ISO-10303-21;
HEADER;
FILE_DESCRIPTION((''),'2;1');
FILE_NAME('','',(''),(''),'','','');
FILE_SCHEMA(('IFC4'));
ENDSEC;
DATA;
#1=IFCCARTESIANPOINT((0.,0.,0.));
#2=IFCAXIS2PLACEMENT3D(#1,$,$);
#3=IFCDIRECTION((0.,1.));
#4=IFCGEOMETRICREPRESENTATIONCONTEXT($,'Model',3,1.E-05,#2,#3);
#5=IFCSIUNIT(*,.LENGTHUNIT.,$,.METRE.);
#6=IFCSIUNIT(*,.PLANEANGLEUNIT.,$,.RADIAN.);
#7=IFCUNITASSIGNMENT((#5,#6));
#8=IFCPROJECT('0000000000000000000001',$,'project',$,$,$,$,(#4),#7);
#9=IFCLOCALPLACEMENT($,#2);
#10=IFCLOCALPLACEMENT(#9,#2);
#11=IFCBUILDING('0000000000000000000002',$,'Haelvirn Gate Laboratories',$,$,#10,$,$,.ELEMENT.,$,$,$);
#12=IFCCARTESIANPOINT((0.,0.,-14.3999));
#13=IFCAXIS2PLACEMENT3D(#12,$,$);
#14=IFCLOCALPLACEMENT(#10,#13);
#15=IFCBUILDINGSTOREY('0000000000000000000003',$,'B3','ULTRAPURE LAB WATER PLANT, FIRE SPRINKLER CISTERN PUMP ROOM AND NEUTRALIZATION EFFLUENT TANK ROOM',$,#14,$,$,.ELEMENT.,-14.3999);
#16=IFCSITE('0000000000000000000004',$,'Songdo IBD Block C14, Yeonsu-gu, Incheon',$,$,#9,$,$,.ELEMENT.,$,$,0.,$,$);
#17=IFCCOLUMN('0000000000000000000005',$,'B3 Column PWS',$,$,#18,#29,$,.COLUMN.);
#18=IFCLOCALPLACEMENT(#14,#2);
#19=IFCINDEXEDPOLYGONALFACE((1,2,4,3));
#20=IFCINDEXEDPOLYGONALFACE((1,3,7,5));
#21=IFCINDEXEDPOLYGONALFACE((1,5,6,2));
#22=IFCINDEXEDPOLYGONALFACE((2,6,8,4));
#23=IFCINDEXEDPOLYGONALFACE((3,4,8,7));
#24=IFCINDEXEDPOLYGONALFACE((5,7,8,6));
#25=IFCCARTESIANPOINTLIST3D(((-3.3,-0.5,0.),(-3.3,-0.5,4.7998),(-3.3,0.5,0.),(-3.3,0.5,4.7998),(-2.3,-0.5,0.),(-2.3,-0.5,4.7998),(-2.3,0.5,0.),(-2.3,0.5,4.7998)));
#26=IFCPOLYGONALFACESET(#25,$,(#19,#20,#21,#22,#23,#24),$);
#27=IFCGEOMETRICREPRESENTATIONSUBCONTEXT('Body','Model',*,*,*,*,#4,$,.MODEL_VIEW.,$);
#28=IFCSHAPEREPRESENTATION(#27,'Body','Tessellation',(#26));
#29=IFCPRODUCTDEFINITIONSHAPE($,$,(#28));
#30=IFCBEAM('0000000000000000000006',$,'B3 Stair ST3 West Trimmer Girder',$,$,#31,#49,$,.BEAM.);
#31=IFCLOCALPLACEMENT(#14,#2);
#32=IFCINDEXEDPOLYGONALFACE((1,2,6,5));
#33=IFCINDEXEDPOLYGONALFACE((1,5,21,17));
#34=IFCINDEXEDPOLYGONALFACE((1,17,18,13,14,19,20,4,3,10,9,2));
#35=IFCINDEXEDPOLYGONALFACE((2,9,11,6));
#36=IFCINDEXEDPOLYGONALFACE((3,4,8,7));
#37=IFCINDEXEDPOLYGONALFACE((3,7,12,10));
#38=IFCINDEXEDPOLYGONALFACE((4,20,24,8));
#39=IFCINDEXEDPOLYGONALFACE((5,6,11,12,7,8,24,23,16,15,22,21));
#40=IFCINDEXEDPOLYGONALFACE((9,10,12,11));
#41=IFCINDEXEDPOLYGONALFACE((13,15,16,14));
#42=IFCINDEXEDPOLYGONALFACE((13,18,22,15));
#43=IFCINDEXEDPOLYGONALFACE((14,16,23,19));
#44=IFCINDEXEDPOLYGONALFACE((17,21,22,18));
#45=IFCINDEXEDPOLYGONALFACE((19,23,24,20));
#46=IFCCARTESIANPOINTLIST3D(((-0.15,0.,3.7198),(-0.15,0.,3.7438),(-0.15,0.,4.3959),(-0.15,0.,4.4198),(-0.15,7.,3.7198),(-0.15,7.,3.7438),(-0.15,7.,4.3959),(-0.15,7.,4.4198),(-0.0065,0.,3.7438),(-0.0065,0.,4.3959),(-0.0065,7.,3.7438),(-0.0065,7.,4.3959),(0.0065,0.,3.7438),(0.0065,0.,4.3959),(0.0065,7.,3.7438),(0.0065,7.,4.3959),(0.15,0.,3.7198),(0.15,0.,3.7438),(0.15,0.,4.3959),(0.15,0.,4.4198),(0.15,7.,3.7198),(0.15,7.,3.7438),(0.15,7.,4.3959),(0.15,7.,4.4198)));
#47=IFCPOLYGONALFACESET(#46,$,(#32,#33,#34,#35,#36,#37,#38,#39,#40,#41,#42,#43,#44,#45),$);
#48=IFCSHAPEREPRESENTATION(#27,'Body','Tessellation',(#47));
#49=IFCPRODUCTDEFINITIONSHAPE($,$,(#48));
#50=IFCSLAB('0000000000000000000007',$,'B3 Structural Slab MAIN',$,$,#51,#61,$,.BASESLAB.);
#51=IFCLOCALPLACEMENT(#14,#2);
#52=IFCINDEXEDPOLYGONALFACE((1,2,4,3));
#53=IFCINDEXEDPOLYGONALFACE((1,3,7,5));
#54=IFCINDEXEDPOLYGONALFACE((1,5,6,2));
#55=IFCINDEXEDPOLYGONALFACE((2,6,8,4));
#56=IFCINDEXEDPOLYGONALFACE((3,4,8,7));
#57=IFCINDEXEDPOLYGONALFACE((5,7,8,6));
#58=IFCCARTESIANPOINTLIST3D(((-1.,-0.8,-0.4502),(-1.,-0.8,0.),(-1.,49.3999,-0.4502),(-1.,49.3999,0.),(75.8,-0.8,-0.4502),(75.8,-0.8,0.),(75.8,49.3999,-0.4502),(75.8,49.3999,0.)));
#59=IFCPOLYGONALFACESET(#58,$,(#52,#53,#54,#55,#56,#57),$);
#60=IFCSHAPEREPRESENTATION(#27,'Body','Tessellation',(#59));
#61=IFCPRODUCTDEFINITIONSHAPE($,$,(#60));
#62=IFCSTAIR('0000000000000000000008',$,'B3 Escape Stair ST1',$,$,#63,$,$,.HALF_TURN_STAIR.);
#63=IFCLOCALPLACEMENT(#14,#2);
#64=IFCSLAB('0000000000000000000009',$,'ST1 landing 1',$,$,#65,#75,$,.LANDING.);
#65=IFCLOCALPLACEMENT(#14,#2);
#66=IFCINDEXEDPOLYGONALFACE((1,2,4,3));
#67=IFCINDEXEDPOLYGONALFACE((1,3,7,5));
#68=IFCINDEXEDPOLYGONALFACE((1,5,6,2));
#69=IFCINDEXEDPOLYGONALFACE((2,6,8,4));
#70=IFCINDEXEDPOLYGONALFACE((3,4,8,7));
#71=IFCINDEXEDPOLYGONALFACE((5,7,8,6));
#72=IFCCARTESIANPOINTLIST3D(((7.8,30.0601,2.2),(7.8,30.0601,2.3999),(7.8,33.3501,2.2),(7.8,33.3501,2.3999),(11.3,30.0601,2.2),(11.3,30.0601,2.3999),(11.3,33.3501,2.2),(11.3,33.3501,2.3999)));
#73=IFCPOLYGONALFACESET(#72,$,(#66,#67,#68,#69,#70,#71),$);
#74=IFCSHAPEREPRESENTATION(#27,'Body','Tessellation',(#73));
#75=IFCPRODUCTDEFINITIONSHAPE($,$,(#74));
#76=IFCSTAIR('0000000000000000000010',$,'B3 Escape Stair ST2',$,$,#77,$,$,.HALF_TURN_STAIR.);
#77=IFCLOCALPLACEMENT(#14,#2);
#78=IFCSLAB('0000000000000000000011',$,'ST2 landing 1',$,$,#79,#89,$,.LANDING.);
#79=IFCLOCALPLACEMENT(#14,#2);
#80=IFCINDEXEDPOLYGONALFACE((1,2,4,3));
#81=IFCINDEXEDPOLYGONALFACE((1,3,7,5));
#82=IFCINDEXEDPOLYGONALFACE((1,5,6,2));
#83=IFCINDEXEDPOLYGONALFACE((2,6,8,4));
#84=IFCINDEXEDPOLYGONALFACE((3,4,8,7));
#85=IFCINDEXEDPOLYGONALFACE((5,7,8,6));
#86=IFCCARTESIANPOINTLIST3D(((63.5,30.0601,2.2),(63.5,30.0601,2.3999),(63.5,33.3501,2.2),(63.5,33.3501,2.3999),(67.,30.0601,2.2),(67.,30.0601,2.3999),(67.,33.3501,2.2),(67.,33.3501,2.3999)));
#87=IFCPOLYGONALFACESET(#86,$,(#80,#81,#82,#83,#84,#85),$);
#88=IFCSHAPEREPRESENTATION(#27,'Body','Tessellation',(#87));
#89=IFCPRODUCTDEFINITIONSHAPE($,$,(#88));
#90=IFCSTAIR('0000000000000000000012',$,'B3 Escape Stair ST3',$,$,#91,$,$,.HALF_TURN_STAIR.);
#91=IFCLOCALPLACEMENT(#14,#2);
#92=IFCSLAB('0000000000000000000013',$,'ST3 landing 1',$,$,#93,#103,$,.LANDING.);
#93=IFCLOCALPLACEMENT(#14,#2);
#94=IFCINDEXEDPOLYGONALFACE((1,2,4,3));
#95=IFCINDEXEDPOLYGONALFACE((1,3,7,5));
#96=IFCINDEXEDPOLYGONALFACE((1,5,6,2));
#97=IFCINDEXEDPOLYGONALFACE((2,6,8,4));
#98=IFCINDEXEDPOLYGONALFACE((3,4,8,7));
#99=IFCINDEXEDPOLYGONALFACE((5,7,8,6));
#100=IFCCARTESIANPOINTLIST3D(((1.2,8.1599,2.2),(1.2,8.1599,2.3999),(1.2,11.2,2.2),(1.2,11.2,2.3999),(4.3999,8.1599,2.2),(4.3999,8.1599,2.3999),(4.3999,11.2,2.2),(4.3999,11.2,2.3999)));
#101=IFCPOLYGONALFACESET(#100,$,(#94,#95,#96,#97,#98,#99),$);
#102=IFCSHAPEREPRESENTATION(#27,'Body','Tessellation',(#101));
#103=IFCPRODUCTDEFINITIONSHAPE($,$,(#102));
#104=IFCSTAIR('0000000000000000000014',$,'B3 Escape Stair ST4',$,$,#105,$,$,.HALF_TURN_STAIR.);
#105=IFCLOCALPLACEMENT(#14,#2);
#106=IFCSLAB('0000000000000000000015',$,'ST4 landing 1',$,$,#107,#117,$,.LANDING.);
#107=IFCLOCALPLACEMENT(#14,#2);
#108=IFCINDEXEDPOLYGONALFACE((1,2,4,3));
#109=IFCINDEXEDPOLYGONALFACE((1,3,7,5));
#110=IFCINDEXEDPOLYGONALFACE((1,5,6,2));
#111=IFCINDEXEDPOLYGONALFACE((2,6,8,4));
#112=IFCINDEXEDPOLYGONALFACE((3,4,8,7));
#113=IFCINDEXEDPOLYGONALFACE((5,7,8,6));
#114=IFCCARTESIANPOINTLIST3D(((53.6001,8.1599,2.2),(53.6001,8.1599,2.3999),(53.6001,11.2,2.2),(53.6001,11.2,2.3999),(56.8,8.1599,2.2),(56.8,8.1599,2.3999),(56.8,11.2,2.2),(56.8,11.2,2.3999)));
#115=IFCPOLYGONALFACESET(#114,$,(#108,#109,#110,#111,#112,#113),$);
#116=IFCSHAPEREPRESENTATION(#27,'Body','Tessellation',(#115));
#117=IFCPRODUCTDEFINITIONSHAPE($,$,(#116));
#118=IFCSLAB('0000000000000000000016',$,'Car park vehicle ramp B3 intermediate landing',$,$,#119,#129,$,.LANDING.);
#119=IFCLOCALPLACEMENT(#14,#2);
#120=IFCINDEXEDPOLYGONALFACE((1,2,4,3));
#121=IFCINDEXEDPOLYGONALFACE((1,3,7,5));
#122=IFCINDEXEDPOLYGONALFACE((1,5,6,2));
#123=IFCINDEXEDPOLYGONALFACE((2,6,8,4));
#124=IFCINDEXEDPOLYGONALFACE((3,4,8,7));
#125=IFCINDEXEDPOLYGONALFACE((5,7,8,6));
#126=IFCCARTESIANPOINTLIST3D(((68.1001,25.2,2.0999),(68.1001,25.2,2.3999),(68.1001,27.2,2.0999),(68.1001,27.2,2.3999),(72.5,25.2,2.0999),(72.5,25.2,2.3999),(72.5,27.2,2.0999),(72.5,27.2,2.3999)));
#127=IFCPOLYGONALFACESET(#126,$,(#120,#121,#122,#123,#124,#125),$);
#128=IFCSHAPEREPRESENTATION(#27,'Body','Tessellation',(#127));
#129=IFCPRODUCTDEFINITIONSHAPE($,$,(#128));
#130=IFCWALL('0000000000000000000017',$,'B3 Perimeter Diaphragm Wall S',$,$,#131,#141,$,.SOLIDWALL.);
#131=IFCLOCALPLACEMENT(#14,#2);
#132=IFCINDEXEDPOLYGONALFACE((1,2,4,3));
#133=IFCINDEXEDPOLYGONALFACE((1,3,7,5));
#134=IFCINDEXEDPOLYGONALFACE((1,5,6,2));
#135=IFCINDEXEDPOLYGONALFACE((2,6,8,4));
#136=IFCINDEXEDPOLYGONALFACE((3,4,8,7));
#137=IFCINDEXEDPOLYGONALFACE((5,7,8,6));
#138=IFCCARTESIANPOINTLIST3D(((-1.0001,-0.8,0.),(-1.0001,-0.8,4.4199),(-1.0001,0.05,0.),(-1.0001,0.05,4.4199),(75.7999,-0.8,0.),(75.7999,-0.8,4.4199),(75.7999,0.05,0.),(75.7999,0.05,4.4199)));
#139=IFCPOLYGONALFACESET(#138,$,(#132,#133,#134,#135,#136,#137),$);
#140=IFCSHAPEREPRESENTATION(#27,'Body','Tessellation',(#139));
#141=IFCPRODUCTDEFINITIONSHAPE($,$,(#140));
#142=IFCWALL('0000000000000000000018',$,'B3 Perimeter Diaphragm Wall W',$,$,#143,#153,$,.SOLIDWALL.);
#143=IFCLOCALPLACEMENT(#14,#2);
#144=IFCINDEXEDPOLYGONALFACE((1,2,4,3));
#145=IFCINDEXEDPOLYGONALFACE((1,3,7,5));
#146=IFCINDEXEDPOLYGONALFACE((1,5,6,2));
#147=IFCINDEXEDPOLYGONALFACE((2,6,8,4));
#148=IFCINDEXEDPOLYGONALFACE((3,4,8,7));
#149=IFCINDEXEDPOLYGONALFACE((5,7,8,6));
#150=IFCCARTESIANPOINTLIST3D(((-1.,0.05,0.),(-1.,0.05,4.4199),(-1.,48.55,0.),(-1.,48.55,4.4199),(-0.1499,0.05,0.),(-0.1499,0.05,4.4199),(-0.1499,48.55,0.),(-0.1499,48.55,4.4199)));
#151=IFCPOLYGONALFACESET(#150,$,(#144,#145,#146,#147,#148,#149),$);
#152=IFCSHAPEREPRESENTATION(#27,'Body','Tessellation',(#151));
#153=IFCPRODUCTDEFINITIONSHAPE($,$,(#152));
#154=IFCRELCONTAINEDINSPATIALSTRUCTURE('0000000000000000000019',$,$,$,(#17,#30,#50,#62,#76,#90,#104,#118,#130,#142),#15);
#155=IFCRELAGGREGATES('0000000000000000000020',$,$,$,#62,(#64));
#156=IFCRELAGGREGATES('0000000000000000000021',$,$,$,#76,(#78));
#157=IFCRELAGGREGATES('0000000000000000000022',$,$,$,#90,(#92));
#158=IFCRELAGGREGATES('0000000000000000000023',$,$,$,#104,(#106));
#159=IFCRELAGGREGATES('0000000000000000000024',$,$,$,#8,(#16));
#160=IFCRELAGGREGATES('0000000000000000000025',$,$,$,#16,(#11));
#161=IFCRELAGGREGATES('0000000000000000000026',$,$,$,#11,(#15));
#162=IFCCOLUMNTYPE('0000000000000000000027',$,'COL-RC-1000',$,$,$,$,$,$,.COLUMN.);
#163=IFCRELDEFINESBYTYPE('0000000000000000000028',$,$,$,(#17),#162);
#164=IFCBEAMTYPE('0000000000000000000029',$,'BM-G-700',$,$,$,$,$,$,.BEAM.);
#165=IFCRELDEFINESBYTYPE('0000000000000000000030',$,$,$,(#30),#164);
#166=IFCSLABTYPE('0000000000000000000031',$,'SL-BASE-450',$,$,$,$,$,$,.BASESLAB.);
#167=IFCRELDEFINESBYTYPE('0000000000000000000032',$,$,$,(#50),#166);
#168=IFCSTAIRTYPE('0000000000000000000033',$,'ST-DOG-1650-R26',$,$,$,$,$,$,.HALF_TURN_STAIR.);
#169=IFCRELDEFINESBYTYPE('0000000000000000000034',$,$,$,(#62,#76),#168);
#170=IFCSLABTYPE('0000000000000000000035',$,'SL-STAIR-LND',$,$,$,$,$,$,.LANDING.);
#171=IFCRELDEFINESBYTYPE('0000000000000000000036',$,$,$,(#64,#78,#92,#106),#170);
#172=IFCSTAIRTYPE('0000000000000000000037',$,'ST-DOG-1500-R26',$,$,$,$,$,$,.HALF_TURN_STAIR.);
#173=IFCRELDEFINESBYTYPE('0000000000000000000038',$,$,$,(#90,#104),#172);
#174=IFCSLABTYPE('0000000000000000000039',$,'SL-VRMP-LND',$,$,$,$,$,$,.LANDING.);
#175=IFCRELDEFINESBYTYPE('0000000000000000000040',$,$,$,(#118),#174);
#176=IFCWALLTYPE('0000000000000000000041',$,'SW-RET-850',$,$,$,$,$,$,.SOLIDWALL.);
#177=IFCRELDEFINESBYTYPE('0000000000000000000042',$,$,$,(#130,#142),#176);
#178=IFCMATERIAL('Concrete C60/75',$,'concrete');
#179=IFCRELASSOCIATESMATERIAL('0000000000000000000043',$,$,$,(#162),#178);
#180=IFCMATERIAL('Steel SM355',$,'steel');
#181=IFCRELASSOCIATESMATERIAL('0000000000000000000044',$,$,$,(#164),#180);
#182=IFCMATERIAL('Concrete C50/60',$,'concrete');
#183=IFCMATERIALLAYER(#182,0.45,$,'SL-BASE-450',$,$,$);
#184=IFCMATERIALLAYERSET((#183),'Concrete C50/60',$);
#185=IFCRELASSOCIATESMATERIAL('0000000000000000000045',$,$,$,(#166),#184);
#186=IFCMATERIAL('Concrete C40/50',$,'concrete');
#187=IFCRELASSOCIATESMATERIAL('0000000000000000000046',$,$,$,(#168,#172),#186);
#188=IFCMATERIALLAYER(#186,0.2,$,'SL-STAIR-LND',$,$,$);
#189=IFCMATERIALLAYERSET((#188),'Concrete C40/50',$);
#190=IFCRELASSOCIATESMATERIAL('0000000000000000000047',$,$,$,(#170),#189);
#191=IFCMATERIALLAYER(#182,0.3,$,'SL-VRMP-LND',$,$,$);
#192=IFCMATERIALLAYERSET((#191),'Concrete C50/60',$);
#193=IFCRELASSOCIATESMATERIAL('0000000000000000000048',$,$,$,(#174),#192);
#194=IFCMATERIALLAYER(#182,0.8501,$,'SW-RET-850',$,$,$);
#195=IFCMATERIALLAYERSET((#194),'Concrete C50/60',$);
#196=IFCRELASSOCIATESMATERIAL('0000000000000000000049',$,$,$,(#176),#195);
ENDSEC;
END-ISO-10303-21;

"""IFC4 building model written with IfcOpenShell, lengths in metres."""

from ifc_helpers import new_model, si_unit, direction, frame, frame_2d, origin, origin_2d, place, context, subcontext, project, spatial, polyline, rectangle, i_section, outline, extrude, source, transform, mapped, material, layer, layer_set, material_profile, profile_set, type_object, type_shapes, element, aggregate, save


model = new_model("IFC4")

# Units and contexts
model_context = context("Model", 3, precision=1e-05, world=origin(), true_north=direction((0.0, 1.0)))
body_context = subcontext(model_context, "Body", "Model", "MODEL_VIEW")
ifc_project = project(units=[si_unit("LENGTHUNIT", "METRE"), si_unit("PLANEANGLEUNIT", "RADIAN")], contexts=[model_context])

# Site, building, storey
site_placement = place(None, origin())
site = spatial("IfcSite", under=ifc_project, at=site_placement, Name="Songdo IBD Block C14, Yeonsu-gu, Incheon", CompositionType="ELEMENT", RefElevation=0.0)
building_placement = place(site_placement, origin())
building = spatial("IfcBuilding", under=site, at=building_placement, Name="Haelvirn Gate Laboratories", CompositionType="ELEMENT")
storey_placement = place(building_placement, frame((0.0, 0.0, -14.3999)))
storey = spatial("IfcBuildingStorey", under=building, at=storey_placement, Name="B3", Description="ULTRAPURE LAB WATER PLANT, FIRE SPRINKLER CISTERN PUMP ROOM AND NEUTRALIZATION EFFLUENT TANK ROOM", CompositionType="ELEMENT", Elevation=-14.3999)

# Shared definitions
ifc_material_1 = material(Name="Concrete C40/50", Category="concrete")

# Column
ifc_material_2 = material(Name="Concrete C60/75", Category="concrete")
ifc_material_profile_1 = material_profile(ifc_material_2, rectangle(XDim=1.0, YDim=1.0, at=origin_2d()), Name="RC-1000x1000")
ifc_profile_set_1 = profile_set([ifc_material_profile_1], Name="Concrete C60/75")
column_type_1 = type_object("IfcColumnType", Name="COL-RC-1000", PredefinedType="COLUMN", material=ifc_profile_set_1)
shared_shape_1 = source(origin(), body_context, "Body", "SweptSolid", [
    extrude(rectangle(XDim=1.0, YDim=1.0, at=origin_2d()), origin(), (0.0, 0.0, 1.0), 4.7998),
])
type_shapes(column_type_1, [shared_shape_1])
column_1_placement = place(storey_placement, frame((-2.8, 0.0, 0.0), z_axis=(0.0, 0.0, 1.0), x_axis=(1.0, 0.0, 0.0)))
element("IfcColumn", 1, at=column_1_placement, inside=storey, type_object=column_type_1, Name="B3 Column PWS", PredefinedType="COLUMN", context=body_context, shape_type="MappedRepresentation", body=[
    mapped(shared_shape_1, transform((0.0, 0.0, 0.0), scale=1.0)),
])

# Beam
ifc_material_3 = material(Name="Steel SM355", Category="steel")
ifc_material_profile_2 = material_profile(ifc_material_3, i_section(OverallWidth=0.3, OverallDepth=0.7, WebThickness=0.0129, FlangeThickness=0.0239, at=origin_2d()), Name="H-700x300x13x24")
ifc_profile_set_2 = profile_set([ifc_material_profile_2], Name="Steel SM355")
beam_type = type_object("IfcBeamType", Name="BM-G-700", PredefinedType="BEAM", material=ifc_profile_set_2)
shared_shape_2 = source(origin(), body_context, "Body", "SweptSolid", [
    extrude(i_section(OverallWidth=0.3, OverallDepth=0.7, WebThickness=0.0129, FlangeThickness=0.0239, at=origin_2d()), origin(), (0.0, 0.0, 1.0), 7.0),
])
type_shapes(beam_type, [shared_shape_2])
beam_placement = place(storey_placement, frame((0.0, 0.0, 4.0698), z_axis=(0.0, 1.0, 0.0), x_axis=(-1.0, 0.0, 0.0)))
element("IfcBeam", 2, at=beam_placement, inside=storey, type_object=beam_type, Name="B3 Stair ST3 West Trimmer Girder", PredefinedType="BEAM", context=body_context, shape_type="MappedRepresentation", body=[
    mapped(shared_shape_2, transform((0.0, 0.0, 0.0), scale=1.0)),
])

# Slab
ifc_material_4 = material(Name="Concrete C50/60", Category="concrete")
ifc_layer_1 = layer(ifc_material_4, 0.45, Name="SL-BASE-450")
ifc_layer_set_1 = layer_set([ifc_layer_1], Name="Concrete C50/60")
slab_type_1 = type_object("IfcSlabType", Name="SL-BASE-450", PredefinedType="BASESLAB", material=ifc_layer_set_1)
slab_1_placement = place(storey_placement, frame((0.0, 0.0, -0.4502)))
element("IfcSlab", 3, at=slab_1_placement, inside=storey, type_object=slab_type_1, Name="B3 Structural Slab MAIN", PredefinedType="BASESLAB", context=body_context, shape_type="SweptSolid", body=[
    extrude(outline(polyline([(-1.0, -0.8), (75.8, -0.8), (75.8, -0.8), (75.8, -0.8), (75.8, 49.3999), (75.8, 49.3999), (75.8, 49.3999), (-1.0, 49.3999), (-1.0, 49.3999), (-1.0, 49.3999), (-1.0, -0.8), (-1.0, -0.8), (-1.0, -0.8)])), origin(), (0.0, 0.0, 1.0), 0.4502),
])

# Stairs, slabs
stair_type_1 = type_object("IfcStairType", Name="ST-DOG-1650-R26", PredefinedType="HALF_TURN_STAIR", material=ifc_material_1)
stair_1_placement = place(storey_placement, origin())
stair_1 = element("IfcStair", 4, at=stair_1_placement, inside=storey, type_object=stair_type_1, Name="B3 Escape Stair ST1", PredefinedType="HALF_TURN_STAIR")
ifc_layer_2 = layer(ifc_material_1, 0.2, Name="SL-STAIR-LND")
ifc_layer_set_2 = layer_set([ifc_layer_2], Name="Concrete C40/50")
slab_type_2 = type_object("IfcSlabType", Name="SL-STAIR-LND", PredefinedType="LANDING", material=ifc_layer_set_2)
slab_2_placement = place(storey_placement, frame((0.0, 0.0, 2.2)))
slab_2 = element("IfcSlab", 5, at=slab_2_placement, type_object=slab_type_2, Name="ST1 landing 1", PredefinedType="LANDING", context=body_context, shape_type="SweptSolid", body=[
    extrude(outline(polyline([(11.3, 30.0601), (11.3, 33.3501), (7.8, 33.3501), (7.8, 30.0601), (11.3, 30.0601)])), origin(), (0.0, 0.0, 1.0), 0.2),
])
aggregate(stair_1, [slab_2])
stair_2_placement = place(storey_placement, origin())
stair_2 = element("IfcStair", 6, at=stair_2_placement, inside=storey, type_object=stair_type_1, Name="B3 Escape Stair ST2", PredefinedType="HALF_TURN_STAIR")
slab_3_placement = place(storey_placement, frame((0.0, 0.0, 2.2)))
slab_3 = element("IfcSlab", 7, at=slab_3_placement, type_object=slab_type_2, Name="ST2 landing 1", PredefinedType="LANDING", context=body_context, shape_type="SweptSolid", body=[
    extrude(outline(polyline([(67.0, 30.0601), (67.0, 33.3501), (63.5, 33.3501), (63.5, 30.0601), (67.0, 30.0601)])), origin(), (0.0, 0.0, 1.0), 0.2),
])
aggregate(stair_2, [slab_3])
stair_type_2 = type_object("IfcStairType", Name="ST-DOG-1500-R26", PredefinedType="HALF_TURN_STAIR", material=ifc_material_1)
stair_3_placement = place(storey_placement, origin())
stair_3 = element("IfcStair", 8, at=stair_3_placement, inside=storey, type_object=stair_type_2, Name="B3 Escape Stair ST3", PredefinedType="HALF_TURN_STAIR")
slab_4_placement = place(storey_placement, frame((0.0, 0.0, 2.2)))
slab_4 = element("IfcSlab", 9, at=slab_4_placement, type_object=slab_type_2, Name="ST3 landing 1", PredefinedType="LANDING", context=body_context, shape_type="SweptSolid", body=[
    extrude(outline(polyline([(4.3999, 8.1599), (4.3999, 11.2), (1.2, 11.2), (1.2, 8.1599), (4.3999, 8.1599)])), origin(), (0.0, 0.0, 1.0), 0.2),
])
aggregate(stair_3, [slab_4])
stair_4_placement = place(storey_placement, origin())
stair_4 = element("IfcStair", 10, at=stair_4_placement, inside=storey, type_object=stair_type_2, Name="B3 Escape Stair ST4", PredefinedType="HALF_TURN_STAIR")
slab_5_placement = place(storey_placement, frame((0.0, 0.0, 2.2)))
slab_5 = element("IfcSlab", 11, at=slab_5_placement, type_object=slab_type_2, Name="ST4 landing 1", PredefinedType="LANDING", context=body_context, shape_type="SweptSolid", body=[
    extrude(outline(polyline([(56.8, 8.1599), (56.8, 11.2), (53.6001, 11.2), (53.6001, 8.1599), (56.8, 8.1599)])), origin(), (0.0, 0.0, 1.0), 0.2),
])
aggregate(stair_4, [slab_5])

# Slab
ifc_layer_3 = layer(ifc_material_4, 0.3, Name="SL-VRMP-LND")
ifc_layer_set_3 = layer_set([ifc_layer_3], Name="Concrete C50/60")
slab_type_3 = type_object("IfcSlabType", Name="SL-VRMP-LND", PredefinedType="LANDING", material=ifc_layer_set_3)
slab_6_placement = place(storey_placement, frame((0.0, 0.0, 2.0999)))
element("IfcSlab", 12, at=slab_6_placement, inside=storey, type_object=slab_type_3, Name="Car park vehicle ramp B3 intermediate landing", PredefinedType="LANDING", context=body_context, shape_type="SweptSolid", body=[
    extrude(outline(polyline([(68.1001, 25.2), (72.5, 25.2), (72.5, 27.2), (68.1001, 27.2), (68.1001, 25.2)])), origin(), (0.0, 0.0, 1.0), 0.3),
])

# Walls
ifc_layer_4 = layer(ifc_material_4, 0.8501, Name="SW-RET-850")
ifc_layer_set_4 = layer_set([ifc_layer_4], Name="Concrete C50/60")
wall_type = type_object("IfcWallType", Name="SW-RET-850", PredefinedType="SOLIDWALL", material=ifc_layer_set_4)
wall_1_placement = place(storey_placement, frame((-1.0, -0.375, 0.0), z_axis=(0.0, 0.0, 1.0), x_axis=(1.0, 0.0, 0.0)))
element("IfcWall", 13, at=wall_1_placement, inside=storey, type_object=wall_type, Name="B3 Perimeter Diaphragm Wall S", PredefinedType="SOLIDWALL", context=body_context, shape_type="SweptSolid", body=[
    extrude(rectangle(XDim=76.8, YDim=0.8501, at=frame_2d((38.3999, 0.0))), origin(), (0.0, 0.0, 1.0), 4.4199),
])
wall_2_placement = place(storey_placement, frame((-0.575, 0.05, 0.0), z_axis=(0.0, 0.0, 1.0), x_axis=(0.0, 1.0, 0.0)))
element("IfcWall", 14, at=wall_2_placement, inside=storey, type_object=wall_type, Name="B3 Perimeter Diaphragm Wall W", PredefinedType="SOLIDWALL", context=body_context, shape_type="SweptSolid", body=[
    extrude(rectangle(XDim=48.5, YDim=0.8501, at=frame_2d((24.25, 0.0))), origin(), (0.0, 0.0, 1.0), 4.4199),
])

save(model, "model.ifc")
